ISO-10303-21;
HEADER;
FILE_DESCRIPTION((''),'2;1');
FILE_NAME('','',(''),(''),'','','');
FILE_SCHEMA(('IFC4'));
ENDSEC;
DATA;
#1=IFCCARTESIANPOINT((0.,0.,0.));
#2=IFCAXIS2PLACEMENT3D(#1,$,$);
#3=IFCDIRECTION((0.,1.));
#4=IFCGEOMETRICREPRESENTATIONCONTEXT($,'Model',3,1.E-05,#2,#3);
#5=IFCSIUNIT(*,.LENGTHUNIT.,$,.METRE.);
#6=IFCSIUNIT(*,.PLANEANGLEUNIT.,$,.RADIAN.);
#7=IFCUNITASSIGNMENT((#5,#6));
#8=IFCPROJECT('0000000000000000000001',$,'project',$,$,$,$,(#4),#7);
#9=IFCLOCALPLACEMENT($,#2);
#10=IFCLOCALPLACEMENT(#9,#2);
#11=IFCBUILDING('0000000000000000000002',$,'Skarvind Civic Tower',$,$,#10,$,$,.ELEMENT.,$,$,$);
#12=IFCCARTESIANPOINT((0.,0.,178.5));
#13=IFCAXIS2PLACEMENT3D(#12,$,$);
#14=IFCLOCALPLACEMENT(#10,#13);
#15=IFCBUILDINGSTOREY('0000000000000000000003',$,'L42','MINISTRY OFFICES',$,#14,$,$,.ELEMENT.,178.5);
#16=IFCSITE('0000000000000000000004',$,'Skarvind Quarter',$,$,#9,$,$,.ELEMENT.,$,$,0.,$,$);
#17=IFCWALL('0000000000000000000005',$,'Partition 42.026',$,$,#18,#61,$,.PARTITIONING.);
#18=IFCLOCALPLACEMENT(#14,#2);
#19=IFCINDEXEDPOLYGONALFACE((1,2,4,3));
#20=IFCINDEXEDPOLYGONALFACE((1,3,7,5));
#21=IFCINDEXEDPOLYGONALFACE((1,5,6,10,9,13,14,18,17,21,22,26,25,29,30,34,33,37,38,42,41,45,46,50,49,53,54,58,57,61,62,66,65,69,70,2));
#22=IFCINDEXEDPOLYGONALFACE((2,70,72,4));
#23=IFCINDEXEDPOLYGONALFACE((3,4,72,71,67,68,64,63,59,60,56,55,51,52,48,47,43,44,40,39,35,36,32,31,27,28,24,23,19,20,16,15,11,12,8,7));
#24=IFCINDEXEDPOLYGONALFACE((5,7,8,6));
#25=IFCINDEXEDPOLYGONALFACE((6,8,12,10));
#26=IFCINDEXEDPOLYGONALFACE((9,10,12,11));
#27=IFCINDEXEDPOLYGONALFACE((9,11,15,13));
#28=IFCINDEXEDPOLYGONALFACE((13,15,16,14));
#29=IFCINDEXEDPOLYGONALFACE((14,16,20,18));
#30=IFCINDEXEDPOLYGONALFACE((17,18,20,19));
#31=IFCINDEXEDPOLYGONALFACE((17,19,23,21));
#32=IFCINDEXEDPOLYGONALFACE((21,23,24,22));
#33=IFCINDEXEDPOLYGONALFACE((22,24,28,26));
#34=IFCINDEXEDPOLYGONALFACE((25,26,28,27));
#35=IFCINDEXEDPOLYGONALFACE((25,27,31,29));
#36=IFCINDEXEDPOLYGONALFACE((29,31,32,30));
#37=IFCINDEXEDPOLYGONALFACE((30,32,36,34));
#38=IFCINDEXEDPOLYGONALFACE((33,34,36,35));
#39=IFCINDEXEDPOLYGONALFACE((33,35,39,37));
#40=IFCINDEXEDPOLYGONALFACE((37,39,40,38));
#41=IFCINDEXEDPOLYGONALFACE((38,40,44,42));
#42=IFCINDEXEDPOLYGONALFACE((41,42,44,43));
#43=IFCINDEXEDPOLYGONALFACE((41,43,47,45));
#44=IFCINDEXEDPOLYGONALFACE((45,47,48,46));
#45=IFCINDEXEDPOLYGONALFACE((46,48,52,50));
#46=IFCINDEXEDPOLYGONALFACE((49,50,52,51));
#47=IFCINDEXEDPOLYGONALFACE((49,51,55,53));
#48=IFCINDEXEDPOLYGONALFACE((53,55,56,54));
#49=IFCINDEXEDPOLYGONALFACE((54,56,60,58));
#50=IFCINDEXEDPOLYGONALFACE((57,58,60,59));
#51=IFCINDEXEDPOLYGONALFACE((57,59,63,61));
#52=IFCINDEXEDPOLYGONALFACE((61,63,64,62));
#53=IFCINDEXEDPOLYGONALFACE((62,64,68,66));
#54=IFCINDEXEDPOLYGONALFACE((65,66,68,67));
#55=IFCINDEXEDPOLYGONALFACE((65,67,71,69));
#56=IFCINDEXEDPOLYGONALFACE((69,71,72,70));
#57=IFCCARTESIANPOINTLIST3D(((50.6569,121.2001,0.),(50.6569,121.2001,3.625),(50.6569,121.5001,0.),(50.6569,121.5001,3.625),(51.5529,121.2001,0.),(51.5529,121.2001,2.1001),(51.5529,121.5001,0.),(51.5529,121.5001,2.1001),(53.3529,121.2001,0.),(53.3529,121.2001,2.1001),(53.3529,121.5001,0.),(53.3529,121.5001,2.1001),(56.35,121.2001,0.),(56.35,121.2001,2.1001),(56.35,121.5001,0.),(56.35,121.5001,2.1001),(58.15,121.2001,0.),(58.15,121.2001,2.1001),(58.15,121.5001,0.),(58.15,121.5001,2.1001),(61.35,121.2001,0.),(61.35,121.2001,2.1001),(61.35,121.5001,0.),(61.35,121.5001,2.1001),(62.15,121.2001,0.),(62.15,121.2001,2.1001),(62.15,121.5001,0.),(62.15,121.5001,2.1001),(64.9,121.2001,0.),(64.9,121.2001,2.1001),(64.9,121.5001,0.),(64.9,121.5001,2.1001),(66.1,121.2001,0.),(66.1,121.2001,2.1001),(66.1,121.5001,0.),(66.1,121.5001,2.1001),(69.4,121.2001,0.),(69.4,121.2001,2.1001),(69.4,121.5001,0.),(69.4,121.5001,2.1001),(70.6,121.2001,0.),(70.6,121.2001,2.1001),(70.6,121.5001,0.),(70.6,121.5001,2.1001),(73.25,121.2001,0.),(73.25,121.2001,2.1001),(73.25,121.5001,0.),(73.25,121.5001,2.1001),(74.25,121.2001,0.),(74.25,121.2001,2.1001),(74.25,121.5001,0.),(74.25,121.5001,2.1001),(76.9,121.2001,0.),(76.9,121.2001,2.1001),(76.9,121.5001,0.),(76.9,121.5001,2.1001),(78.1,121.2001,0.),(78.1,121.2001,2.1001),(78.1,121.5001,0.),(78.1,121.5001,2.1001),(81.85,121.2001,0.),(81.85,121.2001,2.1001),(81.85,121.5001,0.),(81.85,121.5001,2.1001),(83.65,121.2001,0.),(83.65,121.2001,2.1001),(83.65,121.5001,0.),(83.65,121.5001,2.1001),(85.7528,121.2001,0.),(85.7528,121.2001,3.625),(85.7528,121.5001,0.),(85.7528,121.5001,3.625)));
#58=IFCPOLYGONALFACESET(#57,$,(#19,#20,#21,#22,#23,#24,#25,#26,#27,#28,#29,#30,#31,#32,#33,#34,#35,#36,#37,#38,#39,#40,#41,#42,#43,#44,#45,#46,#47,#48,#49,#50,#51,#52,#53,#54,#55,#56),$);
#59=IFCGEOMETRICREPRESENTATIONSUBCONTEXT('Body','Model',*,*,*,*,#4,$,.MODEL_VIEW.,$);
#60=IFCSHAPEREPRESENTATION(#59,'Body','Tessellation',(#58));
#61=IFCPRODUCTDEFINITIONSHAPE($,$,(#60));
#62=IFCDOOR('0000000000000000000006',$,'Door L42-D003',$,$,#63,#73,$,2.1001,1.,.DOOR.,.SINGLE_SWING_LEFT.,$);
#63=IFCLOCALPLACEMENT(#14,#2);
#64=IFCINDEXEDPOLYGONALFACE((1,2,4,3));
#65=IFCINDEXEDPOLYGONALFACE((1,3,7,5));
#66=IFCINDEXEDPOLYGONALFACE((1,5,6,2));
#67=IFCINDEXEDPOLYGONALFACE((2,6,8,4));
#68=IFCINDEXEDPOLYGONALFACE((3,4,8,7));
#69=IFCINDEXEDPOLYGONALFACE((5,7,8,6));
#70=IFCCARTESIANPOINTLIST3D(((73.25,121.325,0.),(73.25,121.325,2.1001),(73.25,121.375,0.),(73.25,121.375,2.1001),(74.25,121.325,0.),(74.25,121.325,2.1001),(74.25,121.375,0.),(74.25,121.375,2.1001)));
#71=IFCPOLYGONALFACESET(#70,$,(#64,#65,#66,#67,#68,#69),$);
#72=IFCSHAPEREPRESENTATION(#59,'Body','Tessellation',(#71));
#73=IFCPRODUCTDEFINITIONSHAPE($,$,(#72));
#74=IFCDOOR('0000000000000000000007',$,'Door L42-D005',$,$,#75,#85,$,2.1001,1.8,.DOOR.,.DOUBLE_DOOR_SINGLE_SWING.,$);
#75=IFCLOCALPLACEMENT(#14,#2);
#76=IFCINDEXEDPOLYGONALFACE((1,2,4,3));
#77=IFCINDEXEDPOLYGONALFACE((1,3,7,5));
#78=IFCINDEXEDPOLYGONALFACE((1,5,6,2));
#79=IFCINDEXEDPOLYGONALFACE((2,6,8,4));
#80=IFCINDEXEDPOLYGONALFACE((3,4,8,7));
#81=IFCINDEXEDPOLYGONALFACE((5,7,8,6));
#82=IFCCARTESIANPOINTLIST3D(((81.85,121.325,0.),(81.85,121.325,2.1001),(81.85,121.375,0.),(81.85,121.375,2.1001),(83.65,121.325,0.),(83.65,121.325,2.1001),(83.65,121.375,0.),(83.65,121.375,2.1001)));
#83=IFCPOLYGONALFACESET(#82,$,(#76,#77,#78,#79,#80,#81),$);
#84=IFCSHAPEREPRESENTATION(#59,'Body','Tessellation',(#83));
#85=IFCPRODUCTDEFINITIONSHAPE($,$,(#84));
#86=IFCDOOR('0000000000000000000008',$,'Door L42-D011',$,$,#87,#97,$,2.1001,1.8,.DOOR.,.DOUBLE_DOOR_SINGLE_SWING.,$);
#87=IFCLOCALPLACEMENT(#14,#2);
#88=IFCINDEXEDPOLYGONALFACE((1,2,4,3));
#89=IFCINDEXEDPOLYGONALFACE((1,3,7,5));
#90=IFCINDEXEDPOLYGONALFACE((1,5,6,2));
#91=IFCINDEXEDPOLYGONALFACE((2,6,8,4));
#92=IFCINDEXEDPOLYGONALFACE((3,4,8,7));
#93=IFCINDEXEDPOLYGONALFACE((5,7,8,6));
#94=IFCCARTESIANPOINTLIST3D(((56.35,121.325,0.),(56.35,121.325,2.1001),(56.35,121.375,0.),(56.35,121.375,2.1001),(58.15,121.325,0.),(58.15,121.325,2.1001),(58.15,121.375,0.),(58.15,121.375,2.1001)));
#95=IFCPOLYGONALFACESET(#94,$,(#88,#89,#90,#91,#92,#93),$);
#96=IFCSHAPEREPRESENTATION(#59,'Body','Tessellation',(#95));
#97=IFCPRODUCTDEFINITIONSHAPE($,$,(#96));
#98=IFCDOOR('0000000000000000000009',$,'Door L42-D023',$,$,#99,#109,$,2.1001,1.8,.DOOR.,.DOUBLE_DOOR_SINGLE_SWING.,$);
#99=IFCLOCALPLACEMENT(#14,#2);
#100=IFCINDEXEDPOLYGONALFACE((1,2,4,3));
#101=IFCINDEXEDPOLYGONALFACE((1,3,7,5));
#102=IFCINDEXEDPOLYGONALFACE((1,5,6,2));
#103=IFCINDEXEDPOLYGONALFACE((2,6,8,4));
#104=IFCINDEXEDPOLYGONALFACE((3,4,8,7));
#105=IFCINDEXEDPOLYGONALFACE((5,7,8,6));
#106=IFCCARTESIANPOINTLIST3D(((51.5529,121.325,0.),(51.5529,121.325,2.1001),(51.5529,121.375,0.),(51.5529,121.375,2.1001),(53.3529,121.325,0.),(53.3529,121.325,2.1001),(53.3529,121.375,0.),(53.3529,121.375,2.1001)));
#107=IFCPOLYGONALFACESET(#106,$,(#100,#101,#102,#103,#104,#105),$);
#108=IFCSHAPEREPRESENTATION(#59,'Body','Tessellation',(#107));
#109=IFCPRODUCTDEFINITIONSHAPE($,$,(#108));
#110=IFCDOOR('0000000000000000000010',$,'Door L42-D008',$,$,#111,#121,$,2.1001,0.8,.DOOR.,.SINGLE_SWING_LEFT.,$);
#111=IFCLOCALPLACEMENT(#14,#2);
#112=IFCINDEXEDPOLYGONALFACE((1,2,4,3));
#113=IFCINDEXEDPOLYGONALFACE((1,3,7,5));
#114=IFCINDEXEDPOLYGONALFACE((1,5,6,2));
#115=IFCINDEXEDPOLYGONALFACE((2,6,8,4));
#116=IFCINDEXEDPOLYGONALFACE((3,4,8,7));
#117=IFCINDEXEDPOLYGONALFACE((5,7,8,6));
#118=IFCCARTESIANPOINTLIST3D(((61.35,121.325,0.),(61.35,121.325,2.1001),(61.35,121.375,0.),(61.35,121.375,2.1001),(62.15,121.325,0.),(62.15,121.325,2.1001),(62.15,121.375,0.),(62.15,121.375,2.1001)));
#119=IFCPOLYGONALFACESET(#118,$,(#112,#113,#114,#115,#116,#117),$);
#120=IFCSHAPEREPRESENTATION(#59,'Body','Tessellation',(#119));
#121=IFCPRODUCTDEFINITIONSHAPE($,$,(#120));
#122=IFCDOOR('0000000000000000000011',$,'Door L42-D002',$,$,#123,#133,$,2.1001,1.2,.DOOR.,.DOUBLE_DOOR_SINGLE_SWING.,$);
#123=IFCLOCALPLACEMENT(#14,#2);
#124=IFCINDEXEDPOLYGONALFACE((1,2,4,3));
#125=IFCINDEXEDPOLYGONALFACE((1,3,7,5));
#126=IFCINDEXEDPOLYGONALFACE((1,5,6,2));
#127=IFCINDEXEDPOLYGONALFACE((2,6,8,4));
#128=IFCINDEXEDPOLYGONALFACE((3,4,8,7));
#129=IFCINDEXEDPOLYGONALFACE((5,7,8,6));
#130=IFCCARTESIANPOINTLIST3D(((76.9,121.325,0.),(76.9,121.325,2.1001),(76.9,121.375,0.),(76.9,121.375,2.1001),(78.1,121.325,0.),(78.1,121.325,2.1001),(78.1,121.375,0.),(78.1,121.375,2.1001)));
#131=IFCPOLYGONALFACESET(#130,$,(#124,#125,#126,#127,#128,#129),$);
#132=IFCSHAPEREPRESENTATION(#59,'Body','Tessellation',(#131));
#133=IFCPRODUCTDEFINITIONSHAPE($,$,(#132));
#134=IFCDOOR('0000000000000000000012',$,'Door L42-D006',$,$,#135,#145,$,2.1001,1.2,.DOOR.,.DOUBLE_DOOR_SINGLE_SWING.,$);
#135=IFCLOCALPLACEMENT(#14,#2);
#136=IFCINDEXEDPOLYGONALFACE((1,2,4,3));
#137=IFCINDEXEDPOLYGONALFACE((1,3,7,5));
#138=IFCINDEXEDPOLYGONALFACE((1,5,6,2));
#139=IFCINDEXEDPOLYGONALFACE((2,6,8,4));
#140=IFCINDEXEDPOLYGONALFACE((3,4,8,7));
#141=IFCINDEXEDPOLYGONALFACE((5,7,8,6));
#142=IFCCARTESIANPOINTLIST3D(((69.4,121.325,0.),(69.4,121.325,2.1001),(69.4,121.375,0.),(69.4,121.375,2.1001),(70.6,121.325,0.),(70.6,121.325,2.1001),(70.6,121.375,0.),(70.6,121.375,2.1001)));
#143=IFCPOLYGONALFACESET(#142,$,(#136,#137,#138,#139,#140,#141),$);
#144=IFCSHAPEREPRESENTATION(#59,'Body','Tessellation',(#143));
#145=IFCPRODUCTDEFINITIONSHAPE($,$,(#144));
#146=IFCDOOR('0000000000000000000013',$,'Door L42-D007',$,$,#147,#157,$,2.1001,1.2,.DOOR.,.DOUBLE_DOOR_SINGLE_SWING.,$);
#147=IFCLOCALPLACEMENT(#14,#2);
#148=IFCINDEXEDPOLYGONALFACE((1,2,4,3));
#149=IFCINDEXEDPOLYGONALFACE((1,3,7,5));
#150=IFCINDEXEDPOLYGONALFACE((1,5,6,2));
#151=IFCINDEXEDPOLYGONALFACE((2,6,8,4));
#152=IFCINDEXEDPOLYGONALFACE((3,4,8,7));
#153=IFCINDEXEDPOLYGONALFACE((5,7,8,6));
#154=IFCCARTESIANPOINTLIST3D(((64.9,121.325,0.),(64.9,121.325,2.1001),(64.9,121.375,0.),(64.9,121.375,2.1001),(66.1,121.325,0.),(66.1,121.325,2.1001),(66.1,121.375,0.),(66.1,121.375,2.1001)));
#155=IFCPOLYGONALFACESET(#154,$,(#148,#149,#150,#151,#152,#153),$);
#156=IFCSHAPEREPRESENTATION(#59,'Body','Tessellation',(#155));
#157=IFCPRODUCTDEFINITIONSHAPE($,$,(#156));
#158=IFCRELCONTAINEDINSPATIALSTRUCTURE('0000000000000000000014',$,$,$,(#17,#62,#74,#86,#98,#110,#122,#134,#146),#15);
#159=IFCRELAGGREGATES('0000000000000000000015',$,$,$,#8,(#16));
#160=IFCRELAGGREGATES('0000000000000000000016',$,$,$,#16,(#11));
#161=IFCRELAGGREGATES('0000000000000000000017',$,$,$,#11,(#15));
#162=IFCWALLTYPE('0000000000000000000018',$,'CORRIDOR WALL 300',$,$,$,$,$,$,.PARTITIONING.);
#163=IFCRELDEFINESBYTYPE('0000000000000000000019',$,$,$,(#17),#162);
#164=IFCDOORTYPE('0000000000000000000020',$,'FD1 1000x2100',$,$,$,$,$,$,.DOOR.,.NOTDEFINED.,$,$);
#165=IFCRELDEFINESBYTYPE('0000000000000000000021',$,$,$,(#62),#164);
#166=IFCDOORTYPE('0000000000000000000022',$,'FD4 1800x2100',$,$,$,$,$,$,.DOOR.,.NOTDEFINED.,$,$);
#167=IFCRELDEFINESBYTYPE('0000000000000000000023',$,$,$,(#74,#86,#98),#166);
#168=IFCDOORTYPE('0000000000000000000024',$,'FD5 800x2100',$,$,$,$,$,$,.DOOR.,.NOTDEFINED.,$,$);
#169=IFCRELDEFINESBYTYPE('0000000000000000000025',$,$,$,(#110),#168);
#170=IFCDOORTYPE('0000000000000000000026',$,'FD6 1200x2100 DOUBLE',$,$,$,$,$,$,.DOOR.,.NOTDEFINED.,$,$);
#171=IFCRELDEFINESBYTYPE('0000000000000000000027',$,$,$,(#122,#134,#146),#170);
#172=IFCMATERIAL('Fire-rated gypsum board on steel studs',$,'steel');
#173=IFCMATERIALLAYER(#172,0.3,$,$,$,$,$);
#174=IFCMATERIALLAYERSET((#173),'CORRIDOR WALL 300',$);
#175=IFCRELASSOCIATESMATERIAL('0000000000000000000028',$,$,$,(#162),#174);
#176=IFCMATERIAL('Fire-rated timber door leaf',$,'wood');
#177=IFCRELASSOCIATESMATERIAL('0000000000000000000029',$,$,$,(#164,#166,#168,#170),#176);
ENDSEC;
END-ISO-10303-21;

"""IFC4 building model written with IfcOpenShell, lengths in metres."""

from ifc_helpers import new_model, si_unit, direction, frame, frame_2d, origin, place, context, subcontext, project, spatial, rectangle, extrude, material, layer, layer_set, type_object, element, fill, save


model = new_model("IFC4")

# Units and contexts
model_context = context("Model", 3, precision=1e-05, world=origin(), true_north=direction((0.0, 1.0)))
body_context = subcontext(model_context, "Body", "Model", "MODEL_VIEW")
ifc_project = project(units=[si_unit("LENGTHUNIT", "METRE"), si_unit("PLANEANGLEUNIT", "RADIAN")], contexts=[model_context])

# Site, building, storey
site_placement = place(None, origin())
site = spatial("IfcSite", under=ifc_project, at=site_placement, Name="Skarvind Quarter", CompositionType="ELEMENT", RefElevation=0.0)
building_placement = place(site_placement, origin())
building = spatial("IfcBuilding", under=site, at=building_placement, Name="Skarvind Civic Tower", CompositionType="ELEMENT")
storey_placement = place(building_placement, frame((0.0, 0.0, 178.5)))
storey = spatial("IfcBuildingStorey", under=building, at=storey_placement, Name="L42", Description="MINISTRY OFFICES", CompositionType="ELEMENT", Elevation=178.5)

# Wall, openings, doors
ifc_material_1 = material(Name="Fire-rated gypsum board on steel studs", Category="steel")
ifc_layer_1 = layer(ifc_material_1, 0.3)
ifc_layer_set_1 = layer_set([ifc_layer_1], Name="CORRIDOR WALL 300")
wall_type_1 = type_object("IfcWallType", Name="CORRIDOR WALL 300", PredefinedType="PARTITIONING", material=ifc_layer_set_1)
wall_1_placement = place(storey_placement, frame((50.657, 121.3501, 0.0), z_axis=(0.0, 0.0, 1.0), x_axis=(1.0, 0.0, 0.0)))
wall_1 = element("IfcWall", 1, at=wall_1_placement, inside=storey, type_object=wall_type_1, Name="Partition 42.026", PredefinedType="PARTITIONING", context=body_context, shape_type="SweptSolid", body=[
    extrude(rectangle(XDim=35.0959, YDim=0.3, at=frame_2d((17.5479, 0.0))), origin(), (0.0, 0.0, 1.0), 3.625),
])
opening_1_placement = place(wall_1_placement, frame((26.2429, 0.0, 0.0)))
opening_1 = element("IfcOpeningElement", 2, at=opening_1_placement, cuts=wall_1, PredefinedType="OPENING", context=body_context, shape_type="SweptSolid", body=[
    extrude(rectangle(XDim=1.2, YDim=2.1001, at=frame_2d((0.6001, 1.05))), frame((0.0, 0.1599, 0.0), z_axis=(0.0, -1.0, 0.0), x_axis=(1.0, 0.0, 0.0)), (0.0, 0.0, 1.0), 0.3201),
])
opening_2_placement = place(wall_1_placement, frame((22.593, 0.0, 0.0)))
opening_2 = element("IfcOpeningElement", 3, at=opening_2_placement, cuts=wall_1, PredefinedType="OPENING", context=body_context, shape_type="SweptSolid", body=[
    extrude(rectangle(XDim=1.0, YDim=2.1001, at=frame_2d((0.5, 1.05))), frame((0.0, 0.1599, 0.0), z_axis=(0.0, -1.0, 0.0), x_axis=(1.0, 0.0, 0.0)), (0.0, 0.0, 1.0), 0.3201),
])
opening_3_placement = place(wall_1_placement, frame((31.1931, 0.0, 0.0)))
opening_3 = element("IfcOpeningElement", 4, at=opening_3_placement, cuts=wall_1, PredefinedType="OPENING", context=body_context, shape_type="SweptSolid", body=[
    extrude(rectangle(XDim=1.8, YDim=2.1001, at=frame_2d((0.8999, 1.05))), frame((0.0, 0.1599, 0.0), z_axis=(0.0, -1.0, 0.0), x_axis=(1.0, 0.0, 0.0)), (0.0, 0.0, 1.0), 0.3201),
])
opening_4_placement = place(wall_1_placement, frame((18.7429, 0.0, 0.0)))
opening_4 = element("IfcOpeningElement", 5, at=opening_4_placement, cuts=wall_1, PredefinedType="OPENING", context=body_context, shape_type="SweptSolid", body=[
    extrude(rectangle(XDim=1.2, YDim=2.1001, at=frame_2d((0.6001, 1.05))), frame((0.0, 0.1599, 0.0), z_axis=(0.0, -1.0, 0.0), x_axis=(1.0, 0.0, 0.0)), (0.0, 0.0, 1.0), 0.3201),
])
opening_5_placement = place(wall_1_placement, frame((14.2429, 0.0, 0.0)))
opening_5 = element("IfcOpeningElement", 6, at=opening_5_placement, cuts=wall_1, PredefinedType="OPENING", context=body_context, shape_type="SweptSolid", body=[
    extrude(rectangle(XDim=1.2, YDim=2.1001, at=frame_2d((0.6001, 1.05))), frame((0.0, 0.1599, 0.0), z_axis=(0.0, -1.0, 0.0), x_axis=(1.0, 0.0, 0.0)), (0.0, 0.0, 1.0), 0.3201),
])
opening_6_placement = place(wall_1_placement, frame((10.6931, 0.0, 0.0)))
opening_6 = element("IfcOpeningElement", 7, at=opening_6_placement, cuts=wall_1, PredefinedType="OPENING", context=body_context, shape_type="SweptSolid", body=[
    extrude(rectangle(XDim=0.8, YDim=2.1001, at=frame_2d((0.3999, 1.05))), frame((0.0, 0.1599, 0.0), z_axis=(0.0, -1.0, 0.0), x_axis=(1.0, 0.0, 0.0)), (0.0, 0.0, 1.0), 0.3201),
])
opening_7_placement = place(wall_1_placement, frame((5.6931, 0.0, 0.0)))
opening_7 = element("IfcOpeningElement", 8, at=opening_7_placement, cuts=wall_1, PredefinedType="OPENING", context=body_context, shape_type="SweptSolid", body=[
    extrude(rectangle(XDim=1.8, YDim=2.1001, at=frame_2d((0.8999, 1.05))), frame((0.0, 0.1599, 0.0), z_axis=(0.0, -1.0, 0.0), x_axis=(1.0, 0.0, 0.0)), (0.0, 0.0, 1.0), 0.3201),
])
opening_8_placement = place(wall_1_placement, frame((0.896, 0.0, 0.0)))
opening_8 = element("IfcOpeningElement", 9, at=opening_8_placement, cuts=wall_1, PredefinedType="OPENING", context=body_context, shape_type="SweptSolid", body=[
    extrude(rectangle(XDim=1.8, YDim=2.1001, at=frame_2d((0.8999, 1.05))), frame((0.0, 0.1599, 0.0), z_axis=(0.0, -1.0, 0.0), x_axis=(1.0, 0.0, 0.0)), (0.0, 0.0, 1.0), 0.3201),
])
ifc_material_2 = material(Name="Fire-rated timber door leaf", Category="wood")
door_type_1 = type_object("IfcDoorType", Name="FD1 1000x2100", OperationType="NOTDEFINED", PredefinedType="DOOR", material=ifc_material_2)
door_1_placement = place(opening_2_placement, origin())
door_1 = element("IfcDoor", 10, at=door_1_placement, inside=storey, type_object=door_type_1, Name="Door L42-D003", OperationType="SINGLE_SWING_LEFT", OverallHeight=2.1001, OverallWidth=1.0, PredefinedType="DOOR", context=body_context, shape_type="SweptSolid", body=[
    extrude(rectangle(XDim=1.0, YDim=2.1001, at=frame_2d((0.5, 1.05))), frame((0.0, 0.0249, 0.0), z_axis=(0.0, -1.0, 0.0), x_axis=(1.0, 0.0, 0.0)), (0.0, 0.0, 1.0), 0.05),
])
fill(opening_2, door_1)
door_type_2 = type_object("IfcDoorType", Name="FD4 1800x2100", OperationType="NOTDEFINED", PredefinedType="DOOR", material=ifc_material_2)
door_2_placement = place(opening_3_placement, origin())
door_2 = element("IfcDoor", 11, at=door_2_placement, inside=storey, type_object=door_type_2, Name="Door L42-D005", OperationType="DOUBLE_DOOR_SINGLE_SWING", OverallHeight=2.1001, OverallWidth=1.8, PredefinedType="DOOR", context=body_context, shape_type="SweptSolid", body=[
    extrude(rectangle(XDim=1.8, YDim=2.1001, at=frame_2d((0.8999, 1.05))), frame((0.0, 0.0249, 0.0), z_axis=(0.0, -1.0, 0.0), x_axis=(1.0, 0.0, 0.0)), (0.0, 0.0, 1.0), 0.05),
])
fill(opening_3, door_2)
door_3_placement = place(opening_7_placement, origin())
door_3 = element("IfcDoor", 12, at=door_3_placement, inside=storey, type_object=door_type_2, Name="Door L42-D011", OperationType="DOUBLE_DOOR_SINGLE_SWING", OverallHeight=2.1001, OverallWidth=1.8, PredefinedType="DOOR", context=body_context, shape_type="SweptSolid", body=[
    extrude(rectangle(XDim=1.8, YDim=2.1001, at=frame_2d((0.8999, 1.05))), frame((0.0, 0.0249, 0.0), z_axis=(0.0, -1.0, 0.0), x_axis=(1.0, 0.0, 0.0)), (0.0, 0.0, 1.0), 0.05),
])
fill(opening_7, door_3)
door_4_placement = place(opening_8_placement, origin())
door_4 = element("IfcDoor", 13, at=door_4_placement, inside=storey, type_object=door_type_2, Name="Door L42-D023", OperationType="DOUBLE_DOOR_SINGLE_SWING", OverallHeight=2.1001, OverallWidth=1.8, PredefinedType="DOOR", context=body_context, shape_type="SweptSolid", body=[
    extrude(rectangle(XDim=1.8, YDim=2.1001, at=frame_2d((0.8999, 1.05))), frame((0.0, 0.0249, 0.0), z_axis=(0.0, -1.0, 0.0), x_axis=(1.0, 0.0, 0.0)), (0.0, 0.0, 1.0), 0.05),
])
fill(opening_8, door_4)
door_type_3 = type_object("IfcDoorType", Name="FD5 800x2100", OperationType="NOTDEFINED", PredefinedType="DOOR", material=ifc_material_2)
door_5_placement = place(opening_6_placement, origin())
door_5 = element("IfcDoor", 14, at=door_5_placement, inside=storey, type_object=door_type_3, Name="Door L42-D008", OperationType="SINGLE_SWING_LEFT", OverallHeight=2.1001, OverallWidth=0.8, PredefinedType="DOOR", context=body_context, shape_type="SweptSolid", body=[
    extrude(rectangle(XDim=0.8, YDim=2.1001, at=frame_2d((0.3999, 1.05))), frame((0.0, 0.0249, 0.0), z_axis=(0.0, -1.0, 0.0), x_axis=(1.0, 0.0, 0.0)), (0.0, 0.0, 1.0), 0.05),
])
fill(opening_6, door_5)
door_type_4 = type_object("IfcDoorType", Name="FD6 1200x2100 DOUBLE", OperationType="NOTDEFINED", PredefinedType="DOOR", material=ifc_material_2)
door_6_placement = place(opening_1_placement, origin())
door_6 = element("IfcDoor", 15, at=door_6_placement, inside=storey, type_object=door_type_4, Name="Door L42-D002", OperationType="DOUBLE_DOOR_SINGLE_SWING", OverallHeight=2.1001, OverallWidth=1.2, PredefinedType="DOOR", context=body_context, shape_type="SweptSolid", body=[
    extrude(rectangle(XDim=1.2, YDim=2.1001, at=frame_2d((0.6001, 1.05))), frame((0.0, 0.0249, 0.0), z_axis=(0.0, -1.0, 0.0), x_axis=(1.0, 0.0, 0.0)), (0.0, 0.0, 1.0), 0.05),
])
fill(opening_1, door_6)
door_7_placement = place(opening_4_placement, origin())
door_7 = element("IfcDoor", 16, at=door_7_placement, inside=storey, type_object=door_type_4, Name="Door L42-D006", OperationType="DOUBLE_DOOR_SINGLE_SWING", OverallHeight=2.1001, OverallWidth=1.2, PredefinedType="DOOR", context=body_context, shape_type="SweptSolid", body=[
    extrude(rectangle(XDim=1.2, YDim=2.1001, at=frame_2d((0.6001, 1.05))), frame((0.0, 0.0249, 0.0), z_axis=(0.0, -1.0, 0.0), x_axis=(1.0, 0.0, 0.0)), (0.0, 0.0, 1.0), 0.05),
])
fill(opening_4, door_7)
door_8_placement = place(opening_5_placement, origin())
door_8 = element("IfcDoor", 17, at=door_8_placement, inside=storey, type_object=door_type_4, Name="Door L42-D007", OperationType="DOUBLE_DOOR_SINGLE_SWING", OverallHeight=2.1001, OverallWidth=1.2, PredefinedType="DOOR", context=body_context, shape_type="SweptSolid", body=[
    extrude(rectangle(XDim=1.2, YDim=2.1001, at=frame_2d((0.6001, 1.05))), frame((0.0, 0.0249, 0.0), z_axis=(0.0, -1.0, 0.0), x_axis=(1.0, 0.0, 0.0)), (0.0, 0.0, 1.0), 0.05),
])
fill(opening_5, door_8)

save(model, "model.ifc")
